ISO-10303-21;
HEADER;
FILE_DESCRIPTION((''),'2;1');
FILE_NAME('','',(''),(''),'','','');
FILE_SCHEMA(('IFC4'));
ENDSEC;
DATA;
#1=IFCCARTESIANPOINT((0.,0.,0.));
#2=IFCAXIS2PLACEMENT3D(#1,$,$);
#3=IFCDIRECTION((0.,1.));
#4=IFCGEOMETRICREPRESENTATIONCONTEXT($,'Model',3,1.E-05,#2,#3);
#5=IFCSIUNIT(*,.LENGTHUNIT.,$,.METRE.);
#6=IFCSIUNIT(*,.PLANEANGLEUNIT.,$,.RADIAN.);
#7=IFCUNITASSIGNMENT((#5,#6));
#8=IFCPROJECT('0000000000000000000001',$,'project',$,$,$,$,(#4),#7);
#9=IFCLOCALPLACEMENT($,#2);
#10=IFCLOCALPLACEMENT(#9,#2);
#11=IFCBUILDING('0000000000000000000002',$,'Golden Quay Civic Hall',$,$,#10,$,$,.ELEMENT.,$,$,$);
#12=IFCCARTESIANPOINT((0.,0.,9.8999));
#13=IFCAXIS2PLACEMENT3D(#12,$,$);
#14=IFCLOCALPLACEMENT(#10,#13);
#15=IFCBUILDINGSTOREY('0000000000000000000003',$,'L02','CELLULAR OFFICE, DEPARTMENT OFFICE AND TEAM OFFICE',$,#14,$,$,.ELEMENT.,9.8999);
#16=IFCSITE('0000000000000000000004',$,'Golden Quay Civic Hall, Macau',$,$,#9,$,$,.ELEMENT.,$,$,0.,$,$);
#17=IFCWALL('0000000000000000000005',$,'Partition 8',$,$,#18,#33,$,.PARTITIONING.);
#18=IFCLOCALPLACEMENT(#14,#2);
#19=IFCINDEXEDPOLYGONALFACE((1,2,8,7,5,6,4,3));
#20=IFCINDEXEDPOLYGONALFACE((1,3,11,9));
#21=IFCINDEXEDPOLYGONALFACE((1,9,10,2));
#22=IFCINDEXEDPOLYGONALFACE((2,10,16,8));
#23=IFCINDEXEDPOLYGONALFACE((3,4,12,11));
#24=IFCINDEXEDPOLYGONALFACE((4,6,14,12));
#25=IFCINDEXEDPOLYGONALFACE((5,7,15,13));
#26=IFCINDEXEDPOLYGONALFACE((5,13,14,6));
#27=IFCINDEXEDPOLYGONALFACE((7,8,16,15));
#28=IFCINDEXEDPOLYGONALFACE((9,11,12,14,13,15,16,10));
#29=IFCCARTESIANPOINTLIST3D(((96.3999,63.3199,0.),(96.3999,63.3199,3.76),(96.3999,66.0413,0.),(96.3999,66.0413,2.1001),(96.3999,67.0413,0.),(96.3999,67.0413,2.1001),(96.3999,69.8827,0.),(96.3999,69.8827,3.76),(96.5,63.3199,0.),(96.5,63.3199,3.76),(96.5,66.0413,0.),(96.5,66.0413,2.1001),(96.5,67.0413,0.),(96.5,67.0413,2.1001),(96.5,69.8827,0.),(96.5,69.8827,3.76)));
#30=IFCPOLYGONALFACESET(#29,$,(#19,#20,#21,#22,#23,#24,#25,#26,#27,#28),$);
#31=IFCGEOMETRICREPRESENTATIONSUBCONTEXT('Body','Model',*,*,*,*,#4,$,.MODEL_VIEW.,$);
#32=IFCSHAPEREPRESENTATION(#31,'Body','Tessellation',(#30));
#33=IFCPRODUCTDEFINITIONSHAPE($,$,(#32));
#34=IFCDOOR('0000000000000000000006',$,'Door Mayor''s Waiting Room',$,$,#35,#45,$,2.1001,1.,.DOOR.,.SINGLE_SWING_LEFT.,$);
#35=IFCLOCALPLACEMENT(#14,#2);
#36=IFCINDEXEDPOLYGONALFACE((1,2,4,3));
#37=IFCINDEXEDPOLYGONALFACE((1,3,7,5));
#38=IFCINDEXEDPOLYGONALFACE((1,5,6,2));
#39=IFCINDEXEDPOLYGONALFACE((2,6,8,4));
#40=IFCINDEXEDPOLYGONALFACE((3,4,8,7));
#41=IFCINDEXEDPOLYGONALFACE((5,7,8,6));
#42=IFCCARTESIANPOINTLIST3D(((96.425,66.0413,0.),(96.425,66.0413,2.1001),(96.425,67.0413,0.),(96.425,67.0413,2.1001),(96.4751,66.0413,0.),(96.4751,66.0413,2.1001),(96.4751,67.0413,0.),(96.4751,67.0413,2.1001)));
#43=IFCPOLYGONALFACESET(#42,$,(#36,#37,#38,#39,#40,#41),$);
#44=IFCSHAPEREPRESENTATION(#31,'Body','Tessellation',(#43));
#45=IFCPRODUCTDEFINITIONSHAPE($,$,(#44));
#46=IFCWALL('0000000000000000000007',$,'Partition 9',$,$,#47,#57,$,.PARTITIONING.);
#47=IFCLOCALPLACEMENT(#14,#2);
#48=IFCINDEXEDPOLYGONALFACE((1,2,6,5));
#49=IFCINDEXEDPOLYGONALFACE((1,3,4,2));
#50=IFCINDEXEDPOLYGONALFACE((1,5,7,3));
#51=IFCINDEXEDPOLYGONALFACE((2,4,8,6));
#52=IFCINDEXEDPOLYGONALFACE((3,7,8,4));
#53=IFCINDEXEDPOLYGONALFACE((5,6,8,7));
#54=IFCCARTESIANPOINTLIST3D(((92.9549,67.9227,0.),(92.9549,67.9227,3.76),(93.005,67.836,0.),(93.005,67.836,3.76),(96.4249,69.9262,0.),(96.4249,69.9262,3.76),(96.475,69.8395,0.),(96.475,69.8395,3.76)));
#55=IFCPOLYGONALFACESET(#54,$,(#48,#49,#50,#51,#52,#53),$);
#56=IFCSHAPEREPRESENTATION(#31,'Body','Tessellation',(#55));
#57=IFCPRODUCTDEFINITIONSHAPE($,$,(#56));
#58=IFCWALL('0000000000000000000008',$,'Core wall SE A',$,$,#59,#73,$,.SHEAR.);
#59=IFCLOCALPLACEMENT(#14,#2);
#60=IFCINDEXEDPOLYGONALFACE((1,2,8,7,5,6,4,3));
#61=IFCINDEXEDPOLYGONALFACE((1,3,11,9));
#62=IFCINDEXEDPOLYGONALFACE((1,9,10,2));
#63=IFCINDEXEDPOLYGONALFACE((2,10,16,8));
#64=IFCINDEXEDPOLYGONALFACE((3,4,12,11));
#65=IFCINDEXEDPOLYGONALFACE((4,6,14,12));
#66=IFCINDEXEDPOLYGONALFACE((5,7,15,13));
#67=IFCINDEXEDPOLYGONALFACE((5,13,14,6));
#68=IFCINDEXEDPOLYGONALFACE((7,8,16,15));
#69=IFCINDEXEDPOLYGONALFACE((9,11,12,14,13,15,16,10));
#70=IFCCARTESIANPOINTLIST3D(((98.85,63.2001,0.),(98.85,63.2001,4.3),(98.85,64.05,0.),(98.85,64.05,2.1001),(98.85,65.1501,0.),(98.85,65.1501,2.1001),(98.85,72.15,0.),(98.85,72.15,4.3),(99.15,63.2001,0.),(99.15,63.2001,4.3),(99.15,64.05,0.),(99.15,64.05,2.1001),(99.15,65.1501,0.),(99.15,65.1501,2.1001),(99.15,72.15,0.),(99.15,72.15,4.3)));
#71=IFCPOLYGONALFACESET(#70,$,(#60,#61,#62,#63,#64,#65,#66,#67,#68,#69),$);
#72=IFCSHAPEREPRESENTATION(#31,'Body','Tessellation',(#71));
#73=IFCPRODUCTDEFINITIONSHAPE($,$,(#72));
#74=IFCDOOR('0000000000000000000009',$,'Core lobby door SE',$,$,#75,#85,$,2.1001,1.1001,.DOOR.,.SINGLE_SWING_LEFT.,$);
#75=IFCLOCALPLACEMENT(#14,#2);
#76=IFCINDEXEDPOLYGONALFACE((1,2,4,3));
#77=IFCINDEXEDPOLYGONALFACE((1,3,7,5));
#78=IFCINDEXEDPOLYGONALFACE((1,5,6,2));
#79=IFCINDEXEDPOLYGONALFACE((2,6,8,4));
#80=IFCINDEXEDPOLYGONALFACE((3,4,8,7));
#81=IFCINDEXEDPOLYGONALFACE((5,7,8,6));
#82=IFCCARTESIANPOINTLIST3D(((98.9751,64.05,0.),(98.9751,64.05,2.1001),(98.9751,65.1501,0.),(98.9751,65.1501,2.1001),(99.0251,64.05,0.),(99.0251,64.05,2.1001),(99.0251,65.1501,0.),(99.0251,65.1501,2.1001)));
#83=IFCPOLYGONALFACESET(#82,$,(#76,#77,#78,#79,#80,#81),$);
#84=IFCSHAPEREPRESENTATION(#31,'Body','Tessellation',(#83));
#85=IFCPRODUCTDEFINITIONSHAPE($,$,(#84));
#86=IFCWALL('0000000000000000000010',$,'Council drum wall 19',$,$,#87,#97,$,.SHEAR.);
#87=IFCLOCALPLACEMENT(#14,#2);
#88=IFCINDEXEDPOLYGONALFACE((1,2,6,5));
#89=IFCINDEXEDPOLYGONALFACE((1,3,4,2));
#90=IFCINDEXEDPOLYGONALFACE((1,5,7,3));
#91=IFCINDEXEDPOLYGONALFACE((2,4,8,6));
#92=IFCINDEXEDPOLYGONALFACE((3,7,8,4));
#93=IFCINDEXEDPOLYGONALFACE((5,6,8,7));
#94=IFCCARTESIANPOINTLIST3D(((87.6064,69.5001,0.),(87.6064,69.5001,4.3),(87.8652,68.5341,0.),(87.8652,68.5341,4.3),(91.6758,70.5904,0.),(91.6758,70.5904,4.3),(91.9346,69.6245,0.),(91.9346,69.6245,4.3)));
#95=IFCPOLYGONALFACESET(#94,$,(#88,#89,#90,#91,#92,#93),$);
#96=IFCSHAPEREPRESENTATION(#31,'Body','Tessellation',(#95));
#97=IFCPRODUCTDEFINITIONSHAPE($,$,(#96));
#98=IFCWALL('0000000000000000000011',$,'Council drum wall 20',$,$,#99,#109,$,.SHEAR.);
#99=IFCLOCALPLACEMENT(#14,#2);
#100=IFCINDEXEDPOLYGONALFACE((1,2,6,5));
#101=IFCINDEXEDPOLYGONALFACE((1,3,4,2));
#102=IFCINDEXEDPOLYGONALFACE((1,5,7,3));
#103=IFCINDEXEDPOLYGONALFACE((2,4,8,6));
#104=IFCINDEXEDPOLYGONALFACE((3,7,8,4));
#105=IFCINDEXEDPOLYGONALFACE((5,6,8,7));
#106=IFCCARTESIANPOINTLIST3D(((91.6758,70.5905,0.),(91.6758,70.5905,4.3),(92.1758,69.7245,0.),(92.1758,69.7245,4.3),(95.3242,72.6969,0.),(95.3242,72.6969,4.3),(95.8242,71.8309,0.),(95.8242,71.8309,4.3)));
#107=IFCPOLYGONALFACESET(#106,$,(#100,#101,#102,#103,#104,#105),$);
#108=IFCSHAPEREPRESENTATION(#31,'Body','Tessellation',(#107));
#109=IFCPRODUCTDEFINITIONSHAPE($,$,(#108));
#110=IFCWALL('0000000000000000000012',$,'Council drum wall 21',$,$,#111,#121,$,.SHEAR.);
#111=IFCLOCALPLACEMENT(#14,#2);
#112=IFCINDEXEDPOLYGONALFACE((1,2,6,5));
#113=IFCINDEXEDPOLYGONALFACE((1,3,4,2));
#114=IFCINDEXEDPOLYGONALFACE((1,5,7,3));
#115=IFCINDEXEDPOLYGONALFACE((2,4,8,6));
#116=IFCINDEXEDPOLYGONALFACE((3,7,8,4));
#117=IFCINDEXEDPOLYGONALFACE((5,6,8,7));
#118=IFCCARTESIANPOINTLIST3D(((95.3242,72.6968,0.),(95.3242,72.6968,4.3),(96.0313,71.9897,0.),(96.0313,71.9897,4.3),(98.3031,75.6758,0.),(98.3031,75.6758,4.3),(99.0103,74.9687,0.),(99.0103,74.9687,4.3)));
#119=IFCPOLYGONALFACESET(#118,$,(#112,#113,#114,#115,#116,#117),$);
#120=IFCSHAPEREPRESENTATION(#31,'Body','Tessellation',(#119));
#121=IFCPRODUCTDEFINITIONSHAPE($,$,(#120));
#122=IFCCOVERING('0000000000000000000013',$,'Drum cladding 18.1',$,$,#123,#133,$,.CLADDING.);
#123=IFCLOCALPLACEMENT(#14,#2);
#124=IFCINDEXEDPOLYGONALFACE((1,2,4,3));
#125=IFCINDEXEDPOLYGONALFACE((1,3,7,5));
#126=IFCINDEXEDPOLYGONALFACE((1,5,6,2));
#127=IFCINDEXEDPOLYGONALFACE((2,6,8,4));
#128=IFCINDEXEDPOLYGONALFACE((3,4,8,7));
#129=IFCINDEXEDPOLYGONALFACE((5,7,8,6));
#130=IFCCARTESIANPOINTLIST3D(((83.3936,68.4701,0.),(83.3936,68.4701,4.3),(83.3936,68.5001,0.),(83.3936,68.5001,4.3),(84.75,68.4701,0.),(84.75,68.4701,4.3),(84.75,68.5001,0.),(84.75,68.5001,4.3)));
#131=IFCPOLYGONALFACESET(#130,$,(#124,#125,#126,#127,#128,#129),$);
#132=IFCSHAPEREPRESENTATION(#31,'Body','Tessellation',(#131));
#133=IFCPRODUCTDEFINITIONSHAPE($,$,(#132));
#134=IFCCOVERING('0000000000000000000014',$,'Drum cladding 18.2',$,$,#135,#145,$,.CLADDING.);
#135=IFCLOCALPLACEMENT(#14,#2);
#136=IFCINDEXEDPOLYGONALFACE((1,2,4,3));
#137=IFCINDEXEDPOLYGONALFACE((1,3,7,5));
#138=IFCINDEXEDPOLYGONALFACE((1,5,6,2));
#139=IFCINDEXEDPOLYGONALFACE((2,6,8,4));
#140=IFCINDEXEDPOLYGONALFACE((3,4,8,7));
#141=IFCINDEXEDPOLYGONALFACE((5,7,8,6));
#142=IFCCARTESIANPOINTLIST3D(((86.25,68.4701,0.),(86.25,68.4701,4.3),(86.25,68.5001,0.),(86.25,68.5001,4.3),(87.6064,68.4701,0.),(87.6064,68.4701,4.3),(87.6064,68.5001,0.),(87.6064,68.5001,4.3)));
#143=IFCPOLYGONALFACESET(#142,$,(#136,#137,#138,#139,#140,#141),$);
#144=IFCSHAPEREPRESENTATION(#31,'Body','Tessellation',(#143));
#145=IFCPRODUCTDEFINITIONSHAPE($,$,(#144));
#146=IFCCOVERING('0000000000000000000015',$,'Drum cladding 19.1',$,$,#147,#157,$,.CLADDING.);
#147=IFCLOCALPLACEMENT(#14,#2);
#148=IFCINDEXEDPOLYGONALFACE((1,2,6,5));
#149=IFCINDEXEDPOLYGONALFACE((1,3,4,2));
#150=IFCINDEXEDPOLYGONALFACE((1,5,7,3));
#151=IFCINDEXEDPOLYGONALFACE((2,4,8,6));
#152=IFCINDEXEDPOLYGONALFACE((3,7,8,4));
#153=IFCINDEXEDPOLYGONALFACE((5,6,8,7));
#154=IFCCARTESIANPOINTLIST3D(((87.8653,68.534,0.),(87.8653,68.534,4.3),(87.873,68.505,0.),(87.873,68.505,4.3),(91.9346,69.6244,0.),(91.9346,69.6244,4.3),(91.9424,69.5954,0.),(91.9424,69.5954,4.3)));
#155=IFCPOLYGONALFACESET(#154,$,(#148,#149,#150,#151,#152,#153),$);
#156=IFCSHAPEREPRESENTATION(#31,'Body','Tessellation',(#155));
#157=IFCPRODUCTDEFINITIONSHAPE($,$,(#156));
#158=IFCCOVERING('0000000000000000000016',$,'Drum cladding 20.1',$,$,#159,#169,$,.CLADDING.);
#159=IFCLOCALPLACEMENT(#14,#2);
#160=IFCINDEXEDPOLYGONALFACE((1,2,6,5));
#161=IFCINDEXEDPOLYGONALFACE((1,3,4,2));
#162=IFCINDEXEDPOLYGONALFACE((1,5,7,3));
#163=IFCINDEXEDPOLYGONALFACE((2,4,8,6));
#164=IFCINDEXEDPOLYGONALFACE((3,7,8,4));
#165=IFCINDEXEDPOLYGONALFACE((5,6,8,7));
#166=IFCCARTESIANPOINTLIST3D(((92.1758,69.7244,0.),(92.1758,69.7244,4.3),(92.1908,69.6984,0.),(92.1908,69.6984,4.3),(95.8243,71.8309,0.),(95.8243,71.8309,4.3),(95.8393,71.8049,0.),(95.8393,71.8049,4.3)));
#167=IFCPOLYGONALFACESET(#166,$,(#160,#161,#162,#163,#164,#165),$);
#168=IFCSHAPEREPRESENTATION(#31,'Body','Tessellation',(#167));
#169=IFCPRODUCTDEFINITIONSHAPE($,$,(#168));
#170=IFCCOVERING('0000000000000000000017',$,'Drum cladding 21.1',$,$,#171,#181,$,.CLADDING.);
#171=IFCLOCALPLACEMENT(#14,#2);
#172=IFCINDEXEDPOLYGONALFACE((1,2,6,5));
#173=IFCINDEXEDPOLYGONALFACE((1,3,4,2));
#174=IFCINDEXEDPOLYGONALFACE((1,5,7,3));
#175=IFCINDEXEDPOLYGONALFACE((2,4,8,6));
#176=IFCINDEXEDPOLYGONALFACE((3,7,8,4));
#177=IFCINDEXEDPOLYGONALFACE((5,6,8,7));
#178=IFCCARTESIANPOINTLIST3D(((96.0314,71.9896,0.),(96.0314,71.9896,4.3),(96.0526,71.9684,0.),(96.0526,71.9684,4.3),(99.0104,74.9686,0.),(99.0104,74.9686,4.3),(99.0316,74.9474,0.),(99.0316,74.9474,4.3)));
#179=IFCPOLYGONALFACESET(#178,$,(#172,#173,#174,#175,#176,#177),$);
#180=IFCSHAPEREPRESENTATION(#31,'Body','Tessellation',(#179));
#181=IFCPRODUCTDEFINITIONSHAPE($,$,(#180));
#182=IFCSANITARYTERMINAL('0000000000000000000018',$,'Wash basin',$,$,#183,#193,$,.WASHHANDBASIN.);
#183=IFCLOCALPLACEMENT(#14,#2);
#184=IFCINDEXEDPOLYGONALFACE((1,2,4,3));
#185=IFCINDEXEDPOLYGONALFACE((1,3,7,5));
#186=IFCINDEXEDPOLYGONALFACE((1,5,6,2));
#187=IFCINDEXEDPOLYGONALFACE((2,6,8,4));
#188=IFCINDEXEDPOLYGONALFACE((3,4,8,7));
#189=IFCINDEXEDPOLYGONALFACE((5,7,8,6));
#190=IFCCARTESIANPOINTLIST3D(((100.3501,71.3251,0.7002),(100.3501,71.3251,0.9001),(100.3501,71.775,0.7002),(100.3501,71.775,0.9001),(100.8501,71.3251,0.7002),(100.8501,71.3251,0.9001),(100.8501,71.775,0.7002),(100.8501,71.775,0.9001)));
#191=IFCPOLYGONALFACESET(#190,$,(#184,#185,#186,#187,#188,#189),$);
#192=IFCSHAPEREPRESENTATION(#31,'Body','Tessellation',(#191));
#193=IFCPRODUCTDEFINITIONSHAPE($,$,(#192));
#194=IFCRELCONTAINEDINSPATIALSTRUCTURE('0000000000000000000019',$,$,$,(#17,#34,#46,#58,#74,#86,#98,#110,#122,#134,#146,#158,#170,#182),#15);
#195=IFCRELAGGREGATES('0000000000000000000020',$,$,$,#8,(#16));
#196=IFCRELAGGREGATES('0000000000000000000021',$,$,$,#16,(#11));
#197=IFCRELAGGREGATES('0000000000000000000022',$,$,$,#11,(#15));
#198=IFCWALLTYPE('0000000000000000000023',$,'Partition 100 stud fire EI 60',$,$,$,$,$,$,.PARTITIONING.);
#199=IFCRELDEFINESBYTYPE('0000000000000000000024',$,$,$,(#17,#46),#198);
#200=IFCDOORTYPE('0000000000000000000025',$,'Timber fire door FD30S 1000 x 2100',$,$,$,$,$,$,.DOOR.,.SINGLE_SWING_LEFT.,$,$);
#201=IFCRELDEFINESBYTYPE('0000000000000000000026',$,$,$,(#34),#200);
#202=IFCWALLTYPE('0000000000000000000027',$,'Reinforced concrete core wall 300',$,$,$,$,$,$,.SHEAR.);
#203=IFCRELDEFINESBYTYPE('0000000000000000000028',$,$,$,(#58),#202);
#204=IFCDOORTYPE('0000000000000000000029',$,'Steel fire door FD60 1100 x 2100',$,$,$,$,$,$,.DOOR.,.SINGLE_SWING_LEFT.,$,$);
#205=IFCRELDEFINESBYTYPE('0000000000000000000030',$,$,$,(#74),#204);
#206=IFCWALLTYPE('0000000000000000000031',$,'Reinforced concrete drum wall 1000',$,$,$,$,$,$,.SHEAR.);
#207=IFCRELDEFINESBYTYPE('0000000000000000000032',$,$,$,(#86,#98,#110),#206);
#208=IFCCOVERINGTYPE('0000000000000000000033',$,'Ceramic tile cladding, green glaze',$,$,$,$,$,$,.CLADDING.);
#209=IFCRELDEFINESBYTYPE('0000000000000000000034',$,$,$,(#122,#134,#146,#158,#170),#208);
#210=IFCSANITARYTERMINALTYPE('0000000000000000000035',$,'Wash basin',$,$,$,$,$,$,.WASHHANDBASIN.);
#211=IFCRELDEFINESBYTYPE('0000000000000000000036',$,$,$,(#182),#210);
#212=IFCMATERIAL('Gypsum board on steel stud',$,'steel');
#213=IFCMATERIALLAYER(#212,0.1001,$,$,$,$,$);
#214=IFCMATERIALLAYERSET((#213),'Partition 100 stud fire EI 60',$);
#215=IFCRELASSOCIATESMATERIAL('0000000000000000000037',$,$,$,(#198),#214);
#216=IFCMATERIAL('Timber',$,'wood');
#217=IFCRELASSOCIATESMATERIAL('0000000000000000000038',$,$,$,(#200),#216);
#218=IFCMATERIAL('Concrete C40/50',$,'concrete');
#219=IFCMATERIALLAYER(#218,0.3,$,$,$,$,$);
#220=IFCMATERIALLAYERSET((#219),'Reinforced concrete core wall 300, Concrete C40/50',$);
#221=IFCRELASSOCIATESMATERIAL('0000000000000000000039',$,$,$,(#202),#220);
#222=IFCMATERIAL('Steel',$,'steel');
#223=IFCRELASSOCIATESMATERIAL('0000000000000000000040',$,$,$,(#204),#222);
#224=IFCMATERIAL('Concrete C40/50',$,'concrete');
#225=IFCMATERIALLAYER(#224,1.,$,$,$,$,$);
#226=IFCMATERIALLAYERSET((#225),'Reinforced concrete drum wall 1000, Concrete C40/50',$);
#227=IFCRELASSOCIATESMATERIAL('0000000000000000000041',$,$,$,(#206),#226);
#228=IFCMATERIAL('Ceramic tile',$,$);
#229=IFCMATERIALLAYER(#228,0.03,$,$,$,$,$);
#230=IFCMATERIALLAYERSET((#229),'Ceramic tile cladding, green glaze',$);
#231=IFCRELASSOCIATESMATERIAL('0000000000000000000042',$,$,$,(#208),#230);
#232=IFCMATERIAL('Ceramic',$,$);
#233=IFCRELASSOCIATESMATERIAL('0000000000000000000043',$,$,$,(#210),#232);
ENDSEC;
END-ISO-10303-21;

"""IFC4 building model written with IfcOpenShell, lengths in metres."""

from ifc_helpers import new_model, si_unit, direction, frame, frame_2d, origin, origin_2d, place, context, subcontext, project, spatial, rectangle, extrude, material, layer, layer_set, type_object, element, fill, save


model = new_model("IFC4")

# Units and contexts
model_context = context("Model", 3, precision=1e-05, world=origin(), true_north=direction((0.0, 1.0)))
body_context = subcontext(model_context, "Body", "Model", "MODEL_VIEW")
ifc_project = project(units=[si_unit("LENGTHUNIT", "METRE"), si_unit("PLANEANGLEUNIT", "RADIAN")], contexts=[model_context])

# Site, building, storey
site_placement = place(None, origin())
site = spatial("IfcSite", under=ifc_project, at=site_placement, Name="Golden Quay Civic Hall, Macau", CompositionType="ELEMENT", RefElevation=0.0)
building_placement = place(site_placement, origin())
building = spatial("IfcBuilding", under=site, at=building_placement, Name="Golden Quay Civic Hall", CompositionType="ELEMENT")
storey_placement = place(building_placement, frame((0.0, 0.0, 9.8999)))
storey = spatial("IfcBuildingStorey", under=building, at=storey_placement, Name="L02", Description="CELLULAR OFFICE, DEPARTMENT OFFICE AND TEAM OFFICE", CompositionType="ELEMENT", Elevation=9.8999)

# Shared definitions
ifc_material_1 = material(Name="Gypsum board on steel stud", Category="steel")
ifc_layer_1 = layer(ifc_material_1, 0.1001)
ifc_layer_set_1 = layer_set([ifc_layer_1], Name="Partition 100 stud fire EI 60")
wall_type_1 = type_object("IfcWallType", Name="Partition 100 stud fire EI 60", PredefinedType="PARTITIONING", material=ifc_layer_set_1)
ifc_material_2 = material(Name="Timber", Category="wood")
door_type_1 = type_object("IfcDoorType", Name="Timber fire door FD30S 1000 x 2100", OperationType="SINGLE_SWING_LEFT", PredefinedType="DOOR", material=ifc_material_2)

# Wall, opening, door
wall_1_placement = place(storey_placement, frame((96.45, 63.3201, 0.0), z_axis=(0.0, 0.0, 1.0), x_axis=(0.0, 1.0, 0.0)))
wall_1 = element("IfcWall", 1, at=wall_1_placement, inside=storey, type_object=wall_type_1, Name="Partition 8", PredefinedType="PARTITIONING", context=body_context, shape_type="SweptSolid", body=[
    extrude(rectangle(XDim=6.5627, YDim=0.1001, at=frame_2d((3.2812, 0.0))), origin(), (0.0, 0.0, 1.0), 3.76),
])
opening_1_placement = place(wall_1_placement, frame((2.7212, 0.0, 0.0)))
opening_1 = element("IfcOpeningElement", 2, at=opening_1_placement, cuts=wall_1, PredefinedType="OPENING", context=body_context, shape_type="SweptSolid", body=[
    extrude(rectangle(XDim=1.0, YDim=2.1001, at=frame_2d((0.5, 1.05))), frame((0.0, 0.0601, 0.0), z_axis=(0.0, -1.0, 0.0), x_axis=(1.0, 0.0, 0.0)), (0.0, 0.0, 1.0), 0.1201),
])
door_1_placement = place(opening_1_placement, origin())
door_1 = element("IfcDoor", 3, at=door_1_placement, inside=storey, type_object=door_type_1, Name="Door Mayor's Waiting Room", OperationType="SINGLE_SWING_LEFT", OverallHeight=2.1001, OverallWidth=1.0, PredefinedType="DOOR", context=body_context, shape_type="SweptSolid", body=[
    extrude(rectangle(XDim=1.0, YDim=2.1001, at=frame_2d((0.5, 1.05))), frame((0.0, 0.0249, 0.0), z_axis=(0.0, -1.0, 0.0), x_axis=(1.0, 0.0, 0.0)), (0.0, 0.0, 1.0), 0.05),
])
fill(opening_1, door_1)

# Wall
wall_2_placement = place(storey_placement, frame((96.45, 69.8828, 0.0), z_axis=(0.0, 0.0, 1.0), x_axis=(-0.866022, -0.500006, 0.0)))
element("IfcWall", 4, at=wall_2_placement, inside=storey, type_object=wall_type_1, Name="Partition 9", PredefinedType="PARTITIONING", context=body_context, shape_type="SweptSolid", body=[
    extrude(rectangle(XDim=4.0068, YDim=0.1001, at=frame_2d((2.0034, 0.0))), origin(), (0.0, 0.0, 1.0), 3.76),
])

# Wall, opening, door
ifc_material_3 = material(Name="Concrete C40/50", Category="concrete")
ifc_layer_2 = layer(ifc_material_3, 0.3)
ifc_layer_set_2 = layer_set([ifc_layer_2], Name="Reinforced concrete core wall 300, Concrete C40/50")
wall_type_2 = type_object("IfcWallType", Name="Reinforced concrete core wall 300", PredefinedType="SHEAR", material=ifc_layer_set_2)
wall_3_placement = place(storey_placement, frame((99.0, 63.2, 0.0), z_axis=(0.0, 0.0, 1.0), x_axis=(0.0, 1.0, 0.0)))
wall_3 = element("IfcWall", 5, at=wall_3_placement, inside=storey, type_object=wall_type_2, Name="Core wall SE A", PredefinedType="SHEAR", context=body_context, shape_type="SweptSolid", body=[
    extrude(rectangle(XDim=8.95, YDim=0.3, at=frame_2d((4.4751, 0.0))), origin(), (0.0, 0.0, 1.0), 4.3),
])
opening_2_placement = place(wall_3_placement, frame((0.8501, 0.0, 0.0)))
opening_2 = element("IfcOpeningElement", 6, at=opening_2_placement, cuts=wall_3, PredefinedType="OPENING", context=body_context, shape_type="SweptSolid", body=[
    extrude(rectangle(XDim=1.1001, YDim=2.1001, at=frame_2d((0.55, 1.05))), frame((0.0, 0.1599, 0.0), z_axis=(0.0, -1.0, 0.0), x_axis=(1.0, 0.0, 0.0)), (0.0, 0.0, 1.0), 0.3201),
])
ifc_material_4 = material(Name="Steel", Category="steel")
door_type_2 = type_object("IfcDoorType", Name="Steel fire door FD60 1100 x 2100", OperationType="SINGLE_SWING_LEFT", PredefinedType="DOOR", material=ifc_material_4)
door_2_placement = place(opening_2_placement, origin())
door_2 = element("IfcDoor", 7, at=door_2_placement, inside=storey, type_object=door_type_2, Name="Core lobby door SE", OperationType="SINGLE_SWING_LEFT", OverallHeight=2.1001, OverallWidth=1.1001, PredefinedType="DOOR", context=body_context, shape_type="SweptSolid", body=[
    extrude(rectangle(XDim=1.1001, YDim=2.1001, at=frame_2d((0.55, 1.05))), frame((0.0, 0.0249, 0.0), z_axis=(0.0, -1.0, 0.0), x_axis=(1.0, 0.0, 0.0)), (0.0, 0.0, 1.0), 0.05),
])
fill(opening_2, door_2)
ifc_material_5 = material(Name="Concrete C40/50", Category="concrete")
ifc_layer_3 = layer(ifc_material_5, 1.0)
ifc_layer_set_3 = layer_set([ifc_layer_3], Name="Reinforced concrete drum wall 1000, Concrete C40/50")
wall_type_3 = type_object("IfcWallType", Name="Reinforced concrete drum wall 1000", PredefinedType="SHEAR", material=ifc_layer_set_3)

# Walls
for number, where, z_axis, x_axis, name in (
    (8, (87.7358, 69.0171, 0.0), (0.0, 0.0, 1.0), (0.965928, 0.258809, 0.0), "Council drum wall 19"),
    (9, (91.9258, 70.1575, 0.0), (0.0, 0.0, 1.0), (0.866023, 0.500003, 0.0), "Council drum wall 20"),
    (10, (95.6777, 72.3433, 0.0), (0.0, 0.0, 1.0), (0.707107, 0.707107, 0.0), "Council drum wall 21"),
):
    element("IfcWall", number, at=place(storey_placement, frame(where, z_axis=z_axis, x_axis=x_axis)), inside=storey, type_object=wall_type_3, Name=name, PredefinedType="SHEAR", context=body_context, shape_type="SweptSolid", body=[
        extrude(rectangle(XDim=4.2129, YDim=1.0, at=frame_2d((2.1064, 0.0))), origin(), (0.0, 0.0, 1.0), 4.3),
    ])

# Coverings
ifc_material_6 = material(Name="Ceramic tile")
ifc_layer_4 = layer(ifc_material_6, 0.03)
ifc_layer_set_4 = layer_set([ifc_layer_4], Name="Ceramic tile cladding, green glaze")
covering_type = type_object("IfcCoveringType", Name="Ceramic tile cladding, green glaze", PredefinedType="CLADDING", material=ifc_layer_set_4)
for number, where, z_axis, x_axis, name in (
    (11, (84.0718, 68.4851, 0.0), (0.0, 0.0, 1.0), (1.0, 0.0, 0.0), "Drum cladding 18.1"),
    (12, (86.9282, 68.4851, 0.0), (0.0, 0.0, 1.0), (1.0, 0.0, 0.0), "Drum cladding 18.2"),
):
    element("IfcCovering", number, at=place(storey_placement, frame(where, z_axis=z_axis, x_axis=x_axis)), inside=storey, type_object=covering_type, Name=name, PredefinedType="CLADDING", context=body_context, shape_type="SweptSolid", body=[
        extrude(rectangle(XDim=1.3564, YDim=0.03, at=origin_2d()), origin(), (0.0, 0.0, 1.0), 4.3),
    ])
for number, where, z_axis, x_axis, name in (
    (13, (89.9038, 69.0647, 0.0), (0.0, 0.0, 1.0), (0.965926, 0.258819, 0.0), "Drum cladding 19.1"),
    (14, (94.0076, 70.7646, 0.0), (0.0, 0.0, 1.0), (0.866025, 0.5, 0.0), "Drum cladding 20.1"),
    (15, (97.5315, 73.4685, 0.0), (0.0, 0.0, 1.0), (0.707107, 0.707107, 0.0), "Drum cladding 21.1"),
):
    element("IfcCovering", number, at=place(storey_placement, frame(where, z_axis=z_axis, x_axis=x_axis)), inside=storey, type_object=covering_type, Name=name, PredefinedType="CLADDING", context=body_context, shape_type="SweptSolid", body=[
        extrude(rectangle(XDim=4.2129, YDim=0.03, at=origin_2d()), origin(), (0.0, 0.0, 1.0), 4.3),
    ])

# Sanitary terminal
ifc_material_7 = material(Name="Ceramic")
sanitary_terminal_type = type_object("IfcSanitaryTerminalType", Name="Wash basin", PredefinedType="WASHHANDBASIN", material=ifc_material_7)
sanitary_terminal_placement = place(storey_placement, frame((100.6001, 71.55, 0.7002), z_axis=(0.0, 0.0, 1.0), x_axis=(1.0, 0.0, 0.0)))
element("IfcSanitaryTerminal", 16, at=sanitary_terminal_placement, inside=storey, type_object=sanitary_terminal_type, Name="Wash basin", PredefinedType="WASHHANDBASIN", context=body_context, shape_type="SweptSolid", body=[
    extrude(rectangle(XDim=0.5, YDim=0.45, at=origin_2d()), origin(), (0.0, 0.0, 1.0), 0.2),
])

save(model, "model.ifc")
